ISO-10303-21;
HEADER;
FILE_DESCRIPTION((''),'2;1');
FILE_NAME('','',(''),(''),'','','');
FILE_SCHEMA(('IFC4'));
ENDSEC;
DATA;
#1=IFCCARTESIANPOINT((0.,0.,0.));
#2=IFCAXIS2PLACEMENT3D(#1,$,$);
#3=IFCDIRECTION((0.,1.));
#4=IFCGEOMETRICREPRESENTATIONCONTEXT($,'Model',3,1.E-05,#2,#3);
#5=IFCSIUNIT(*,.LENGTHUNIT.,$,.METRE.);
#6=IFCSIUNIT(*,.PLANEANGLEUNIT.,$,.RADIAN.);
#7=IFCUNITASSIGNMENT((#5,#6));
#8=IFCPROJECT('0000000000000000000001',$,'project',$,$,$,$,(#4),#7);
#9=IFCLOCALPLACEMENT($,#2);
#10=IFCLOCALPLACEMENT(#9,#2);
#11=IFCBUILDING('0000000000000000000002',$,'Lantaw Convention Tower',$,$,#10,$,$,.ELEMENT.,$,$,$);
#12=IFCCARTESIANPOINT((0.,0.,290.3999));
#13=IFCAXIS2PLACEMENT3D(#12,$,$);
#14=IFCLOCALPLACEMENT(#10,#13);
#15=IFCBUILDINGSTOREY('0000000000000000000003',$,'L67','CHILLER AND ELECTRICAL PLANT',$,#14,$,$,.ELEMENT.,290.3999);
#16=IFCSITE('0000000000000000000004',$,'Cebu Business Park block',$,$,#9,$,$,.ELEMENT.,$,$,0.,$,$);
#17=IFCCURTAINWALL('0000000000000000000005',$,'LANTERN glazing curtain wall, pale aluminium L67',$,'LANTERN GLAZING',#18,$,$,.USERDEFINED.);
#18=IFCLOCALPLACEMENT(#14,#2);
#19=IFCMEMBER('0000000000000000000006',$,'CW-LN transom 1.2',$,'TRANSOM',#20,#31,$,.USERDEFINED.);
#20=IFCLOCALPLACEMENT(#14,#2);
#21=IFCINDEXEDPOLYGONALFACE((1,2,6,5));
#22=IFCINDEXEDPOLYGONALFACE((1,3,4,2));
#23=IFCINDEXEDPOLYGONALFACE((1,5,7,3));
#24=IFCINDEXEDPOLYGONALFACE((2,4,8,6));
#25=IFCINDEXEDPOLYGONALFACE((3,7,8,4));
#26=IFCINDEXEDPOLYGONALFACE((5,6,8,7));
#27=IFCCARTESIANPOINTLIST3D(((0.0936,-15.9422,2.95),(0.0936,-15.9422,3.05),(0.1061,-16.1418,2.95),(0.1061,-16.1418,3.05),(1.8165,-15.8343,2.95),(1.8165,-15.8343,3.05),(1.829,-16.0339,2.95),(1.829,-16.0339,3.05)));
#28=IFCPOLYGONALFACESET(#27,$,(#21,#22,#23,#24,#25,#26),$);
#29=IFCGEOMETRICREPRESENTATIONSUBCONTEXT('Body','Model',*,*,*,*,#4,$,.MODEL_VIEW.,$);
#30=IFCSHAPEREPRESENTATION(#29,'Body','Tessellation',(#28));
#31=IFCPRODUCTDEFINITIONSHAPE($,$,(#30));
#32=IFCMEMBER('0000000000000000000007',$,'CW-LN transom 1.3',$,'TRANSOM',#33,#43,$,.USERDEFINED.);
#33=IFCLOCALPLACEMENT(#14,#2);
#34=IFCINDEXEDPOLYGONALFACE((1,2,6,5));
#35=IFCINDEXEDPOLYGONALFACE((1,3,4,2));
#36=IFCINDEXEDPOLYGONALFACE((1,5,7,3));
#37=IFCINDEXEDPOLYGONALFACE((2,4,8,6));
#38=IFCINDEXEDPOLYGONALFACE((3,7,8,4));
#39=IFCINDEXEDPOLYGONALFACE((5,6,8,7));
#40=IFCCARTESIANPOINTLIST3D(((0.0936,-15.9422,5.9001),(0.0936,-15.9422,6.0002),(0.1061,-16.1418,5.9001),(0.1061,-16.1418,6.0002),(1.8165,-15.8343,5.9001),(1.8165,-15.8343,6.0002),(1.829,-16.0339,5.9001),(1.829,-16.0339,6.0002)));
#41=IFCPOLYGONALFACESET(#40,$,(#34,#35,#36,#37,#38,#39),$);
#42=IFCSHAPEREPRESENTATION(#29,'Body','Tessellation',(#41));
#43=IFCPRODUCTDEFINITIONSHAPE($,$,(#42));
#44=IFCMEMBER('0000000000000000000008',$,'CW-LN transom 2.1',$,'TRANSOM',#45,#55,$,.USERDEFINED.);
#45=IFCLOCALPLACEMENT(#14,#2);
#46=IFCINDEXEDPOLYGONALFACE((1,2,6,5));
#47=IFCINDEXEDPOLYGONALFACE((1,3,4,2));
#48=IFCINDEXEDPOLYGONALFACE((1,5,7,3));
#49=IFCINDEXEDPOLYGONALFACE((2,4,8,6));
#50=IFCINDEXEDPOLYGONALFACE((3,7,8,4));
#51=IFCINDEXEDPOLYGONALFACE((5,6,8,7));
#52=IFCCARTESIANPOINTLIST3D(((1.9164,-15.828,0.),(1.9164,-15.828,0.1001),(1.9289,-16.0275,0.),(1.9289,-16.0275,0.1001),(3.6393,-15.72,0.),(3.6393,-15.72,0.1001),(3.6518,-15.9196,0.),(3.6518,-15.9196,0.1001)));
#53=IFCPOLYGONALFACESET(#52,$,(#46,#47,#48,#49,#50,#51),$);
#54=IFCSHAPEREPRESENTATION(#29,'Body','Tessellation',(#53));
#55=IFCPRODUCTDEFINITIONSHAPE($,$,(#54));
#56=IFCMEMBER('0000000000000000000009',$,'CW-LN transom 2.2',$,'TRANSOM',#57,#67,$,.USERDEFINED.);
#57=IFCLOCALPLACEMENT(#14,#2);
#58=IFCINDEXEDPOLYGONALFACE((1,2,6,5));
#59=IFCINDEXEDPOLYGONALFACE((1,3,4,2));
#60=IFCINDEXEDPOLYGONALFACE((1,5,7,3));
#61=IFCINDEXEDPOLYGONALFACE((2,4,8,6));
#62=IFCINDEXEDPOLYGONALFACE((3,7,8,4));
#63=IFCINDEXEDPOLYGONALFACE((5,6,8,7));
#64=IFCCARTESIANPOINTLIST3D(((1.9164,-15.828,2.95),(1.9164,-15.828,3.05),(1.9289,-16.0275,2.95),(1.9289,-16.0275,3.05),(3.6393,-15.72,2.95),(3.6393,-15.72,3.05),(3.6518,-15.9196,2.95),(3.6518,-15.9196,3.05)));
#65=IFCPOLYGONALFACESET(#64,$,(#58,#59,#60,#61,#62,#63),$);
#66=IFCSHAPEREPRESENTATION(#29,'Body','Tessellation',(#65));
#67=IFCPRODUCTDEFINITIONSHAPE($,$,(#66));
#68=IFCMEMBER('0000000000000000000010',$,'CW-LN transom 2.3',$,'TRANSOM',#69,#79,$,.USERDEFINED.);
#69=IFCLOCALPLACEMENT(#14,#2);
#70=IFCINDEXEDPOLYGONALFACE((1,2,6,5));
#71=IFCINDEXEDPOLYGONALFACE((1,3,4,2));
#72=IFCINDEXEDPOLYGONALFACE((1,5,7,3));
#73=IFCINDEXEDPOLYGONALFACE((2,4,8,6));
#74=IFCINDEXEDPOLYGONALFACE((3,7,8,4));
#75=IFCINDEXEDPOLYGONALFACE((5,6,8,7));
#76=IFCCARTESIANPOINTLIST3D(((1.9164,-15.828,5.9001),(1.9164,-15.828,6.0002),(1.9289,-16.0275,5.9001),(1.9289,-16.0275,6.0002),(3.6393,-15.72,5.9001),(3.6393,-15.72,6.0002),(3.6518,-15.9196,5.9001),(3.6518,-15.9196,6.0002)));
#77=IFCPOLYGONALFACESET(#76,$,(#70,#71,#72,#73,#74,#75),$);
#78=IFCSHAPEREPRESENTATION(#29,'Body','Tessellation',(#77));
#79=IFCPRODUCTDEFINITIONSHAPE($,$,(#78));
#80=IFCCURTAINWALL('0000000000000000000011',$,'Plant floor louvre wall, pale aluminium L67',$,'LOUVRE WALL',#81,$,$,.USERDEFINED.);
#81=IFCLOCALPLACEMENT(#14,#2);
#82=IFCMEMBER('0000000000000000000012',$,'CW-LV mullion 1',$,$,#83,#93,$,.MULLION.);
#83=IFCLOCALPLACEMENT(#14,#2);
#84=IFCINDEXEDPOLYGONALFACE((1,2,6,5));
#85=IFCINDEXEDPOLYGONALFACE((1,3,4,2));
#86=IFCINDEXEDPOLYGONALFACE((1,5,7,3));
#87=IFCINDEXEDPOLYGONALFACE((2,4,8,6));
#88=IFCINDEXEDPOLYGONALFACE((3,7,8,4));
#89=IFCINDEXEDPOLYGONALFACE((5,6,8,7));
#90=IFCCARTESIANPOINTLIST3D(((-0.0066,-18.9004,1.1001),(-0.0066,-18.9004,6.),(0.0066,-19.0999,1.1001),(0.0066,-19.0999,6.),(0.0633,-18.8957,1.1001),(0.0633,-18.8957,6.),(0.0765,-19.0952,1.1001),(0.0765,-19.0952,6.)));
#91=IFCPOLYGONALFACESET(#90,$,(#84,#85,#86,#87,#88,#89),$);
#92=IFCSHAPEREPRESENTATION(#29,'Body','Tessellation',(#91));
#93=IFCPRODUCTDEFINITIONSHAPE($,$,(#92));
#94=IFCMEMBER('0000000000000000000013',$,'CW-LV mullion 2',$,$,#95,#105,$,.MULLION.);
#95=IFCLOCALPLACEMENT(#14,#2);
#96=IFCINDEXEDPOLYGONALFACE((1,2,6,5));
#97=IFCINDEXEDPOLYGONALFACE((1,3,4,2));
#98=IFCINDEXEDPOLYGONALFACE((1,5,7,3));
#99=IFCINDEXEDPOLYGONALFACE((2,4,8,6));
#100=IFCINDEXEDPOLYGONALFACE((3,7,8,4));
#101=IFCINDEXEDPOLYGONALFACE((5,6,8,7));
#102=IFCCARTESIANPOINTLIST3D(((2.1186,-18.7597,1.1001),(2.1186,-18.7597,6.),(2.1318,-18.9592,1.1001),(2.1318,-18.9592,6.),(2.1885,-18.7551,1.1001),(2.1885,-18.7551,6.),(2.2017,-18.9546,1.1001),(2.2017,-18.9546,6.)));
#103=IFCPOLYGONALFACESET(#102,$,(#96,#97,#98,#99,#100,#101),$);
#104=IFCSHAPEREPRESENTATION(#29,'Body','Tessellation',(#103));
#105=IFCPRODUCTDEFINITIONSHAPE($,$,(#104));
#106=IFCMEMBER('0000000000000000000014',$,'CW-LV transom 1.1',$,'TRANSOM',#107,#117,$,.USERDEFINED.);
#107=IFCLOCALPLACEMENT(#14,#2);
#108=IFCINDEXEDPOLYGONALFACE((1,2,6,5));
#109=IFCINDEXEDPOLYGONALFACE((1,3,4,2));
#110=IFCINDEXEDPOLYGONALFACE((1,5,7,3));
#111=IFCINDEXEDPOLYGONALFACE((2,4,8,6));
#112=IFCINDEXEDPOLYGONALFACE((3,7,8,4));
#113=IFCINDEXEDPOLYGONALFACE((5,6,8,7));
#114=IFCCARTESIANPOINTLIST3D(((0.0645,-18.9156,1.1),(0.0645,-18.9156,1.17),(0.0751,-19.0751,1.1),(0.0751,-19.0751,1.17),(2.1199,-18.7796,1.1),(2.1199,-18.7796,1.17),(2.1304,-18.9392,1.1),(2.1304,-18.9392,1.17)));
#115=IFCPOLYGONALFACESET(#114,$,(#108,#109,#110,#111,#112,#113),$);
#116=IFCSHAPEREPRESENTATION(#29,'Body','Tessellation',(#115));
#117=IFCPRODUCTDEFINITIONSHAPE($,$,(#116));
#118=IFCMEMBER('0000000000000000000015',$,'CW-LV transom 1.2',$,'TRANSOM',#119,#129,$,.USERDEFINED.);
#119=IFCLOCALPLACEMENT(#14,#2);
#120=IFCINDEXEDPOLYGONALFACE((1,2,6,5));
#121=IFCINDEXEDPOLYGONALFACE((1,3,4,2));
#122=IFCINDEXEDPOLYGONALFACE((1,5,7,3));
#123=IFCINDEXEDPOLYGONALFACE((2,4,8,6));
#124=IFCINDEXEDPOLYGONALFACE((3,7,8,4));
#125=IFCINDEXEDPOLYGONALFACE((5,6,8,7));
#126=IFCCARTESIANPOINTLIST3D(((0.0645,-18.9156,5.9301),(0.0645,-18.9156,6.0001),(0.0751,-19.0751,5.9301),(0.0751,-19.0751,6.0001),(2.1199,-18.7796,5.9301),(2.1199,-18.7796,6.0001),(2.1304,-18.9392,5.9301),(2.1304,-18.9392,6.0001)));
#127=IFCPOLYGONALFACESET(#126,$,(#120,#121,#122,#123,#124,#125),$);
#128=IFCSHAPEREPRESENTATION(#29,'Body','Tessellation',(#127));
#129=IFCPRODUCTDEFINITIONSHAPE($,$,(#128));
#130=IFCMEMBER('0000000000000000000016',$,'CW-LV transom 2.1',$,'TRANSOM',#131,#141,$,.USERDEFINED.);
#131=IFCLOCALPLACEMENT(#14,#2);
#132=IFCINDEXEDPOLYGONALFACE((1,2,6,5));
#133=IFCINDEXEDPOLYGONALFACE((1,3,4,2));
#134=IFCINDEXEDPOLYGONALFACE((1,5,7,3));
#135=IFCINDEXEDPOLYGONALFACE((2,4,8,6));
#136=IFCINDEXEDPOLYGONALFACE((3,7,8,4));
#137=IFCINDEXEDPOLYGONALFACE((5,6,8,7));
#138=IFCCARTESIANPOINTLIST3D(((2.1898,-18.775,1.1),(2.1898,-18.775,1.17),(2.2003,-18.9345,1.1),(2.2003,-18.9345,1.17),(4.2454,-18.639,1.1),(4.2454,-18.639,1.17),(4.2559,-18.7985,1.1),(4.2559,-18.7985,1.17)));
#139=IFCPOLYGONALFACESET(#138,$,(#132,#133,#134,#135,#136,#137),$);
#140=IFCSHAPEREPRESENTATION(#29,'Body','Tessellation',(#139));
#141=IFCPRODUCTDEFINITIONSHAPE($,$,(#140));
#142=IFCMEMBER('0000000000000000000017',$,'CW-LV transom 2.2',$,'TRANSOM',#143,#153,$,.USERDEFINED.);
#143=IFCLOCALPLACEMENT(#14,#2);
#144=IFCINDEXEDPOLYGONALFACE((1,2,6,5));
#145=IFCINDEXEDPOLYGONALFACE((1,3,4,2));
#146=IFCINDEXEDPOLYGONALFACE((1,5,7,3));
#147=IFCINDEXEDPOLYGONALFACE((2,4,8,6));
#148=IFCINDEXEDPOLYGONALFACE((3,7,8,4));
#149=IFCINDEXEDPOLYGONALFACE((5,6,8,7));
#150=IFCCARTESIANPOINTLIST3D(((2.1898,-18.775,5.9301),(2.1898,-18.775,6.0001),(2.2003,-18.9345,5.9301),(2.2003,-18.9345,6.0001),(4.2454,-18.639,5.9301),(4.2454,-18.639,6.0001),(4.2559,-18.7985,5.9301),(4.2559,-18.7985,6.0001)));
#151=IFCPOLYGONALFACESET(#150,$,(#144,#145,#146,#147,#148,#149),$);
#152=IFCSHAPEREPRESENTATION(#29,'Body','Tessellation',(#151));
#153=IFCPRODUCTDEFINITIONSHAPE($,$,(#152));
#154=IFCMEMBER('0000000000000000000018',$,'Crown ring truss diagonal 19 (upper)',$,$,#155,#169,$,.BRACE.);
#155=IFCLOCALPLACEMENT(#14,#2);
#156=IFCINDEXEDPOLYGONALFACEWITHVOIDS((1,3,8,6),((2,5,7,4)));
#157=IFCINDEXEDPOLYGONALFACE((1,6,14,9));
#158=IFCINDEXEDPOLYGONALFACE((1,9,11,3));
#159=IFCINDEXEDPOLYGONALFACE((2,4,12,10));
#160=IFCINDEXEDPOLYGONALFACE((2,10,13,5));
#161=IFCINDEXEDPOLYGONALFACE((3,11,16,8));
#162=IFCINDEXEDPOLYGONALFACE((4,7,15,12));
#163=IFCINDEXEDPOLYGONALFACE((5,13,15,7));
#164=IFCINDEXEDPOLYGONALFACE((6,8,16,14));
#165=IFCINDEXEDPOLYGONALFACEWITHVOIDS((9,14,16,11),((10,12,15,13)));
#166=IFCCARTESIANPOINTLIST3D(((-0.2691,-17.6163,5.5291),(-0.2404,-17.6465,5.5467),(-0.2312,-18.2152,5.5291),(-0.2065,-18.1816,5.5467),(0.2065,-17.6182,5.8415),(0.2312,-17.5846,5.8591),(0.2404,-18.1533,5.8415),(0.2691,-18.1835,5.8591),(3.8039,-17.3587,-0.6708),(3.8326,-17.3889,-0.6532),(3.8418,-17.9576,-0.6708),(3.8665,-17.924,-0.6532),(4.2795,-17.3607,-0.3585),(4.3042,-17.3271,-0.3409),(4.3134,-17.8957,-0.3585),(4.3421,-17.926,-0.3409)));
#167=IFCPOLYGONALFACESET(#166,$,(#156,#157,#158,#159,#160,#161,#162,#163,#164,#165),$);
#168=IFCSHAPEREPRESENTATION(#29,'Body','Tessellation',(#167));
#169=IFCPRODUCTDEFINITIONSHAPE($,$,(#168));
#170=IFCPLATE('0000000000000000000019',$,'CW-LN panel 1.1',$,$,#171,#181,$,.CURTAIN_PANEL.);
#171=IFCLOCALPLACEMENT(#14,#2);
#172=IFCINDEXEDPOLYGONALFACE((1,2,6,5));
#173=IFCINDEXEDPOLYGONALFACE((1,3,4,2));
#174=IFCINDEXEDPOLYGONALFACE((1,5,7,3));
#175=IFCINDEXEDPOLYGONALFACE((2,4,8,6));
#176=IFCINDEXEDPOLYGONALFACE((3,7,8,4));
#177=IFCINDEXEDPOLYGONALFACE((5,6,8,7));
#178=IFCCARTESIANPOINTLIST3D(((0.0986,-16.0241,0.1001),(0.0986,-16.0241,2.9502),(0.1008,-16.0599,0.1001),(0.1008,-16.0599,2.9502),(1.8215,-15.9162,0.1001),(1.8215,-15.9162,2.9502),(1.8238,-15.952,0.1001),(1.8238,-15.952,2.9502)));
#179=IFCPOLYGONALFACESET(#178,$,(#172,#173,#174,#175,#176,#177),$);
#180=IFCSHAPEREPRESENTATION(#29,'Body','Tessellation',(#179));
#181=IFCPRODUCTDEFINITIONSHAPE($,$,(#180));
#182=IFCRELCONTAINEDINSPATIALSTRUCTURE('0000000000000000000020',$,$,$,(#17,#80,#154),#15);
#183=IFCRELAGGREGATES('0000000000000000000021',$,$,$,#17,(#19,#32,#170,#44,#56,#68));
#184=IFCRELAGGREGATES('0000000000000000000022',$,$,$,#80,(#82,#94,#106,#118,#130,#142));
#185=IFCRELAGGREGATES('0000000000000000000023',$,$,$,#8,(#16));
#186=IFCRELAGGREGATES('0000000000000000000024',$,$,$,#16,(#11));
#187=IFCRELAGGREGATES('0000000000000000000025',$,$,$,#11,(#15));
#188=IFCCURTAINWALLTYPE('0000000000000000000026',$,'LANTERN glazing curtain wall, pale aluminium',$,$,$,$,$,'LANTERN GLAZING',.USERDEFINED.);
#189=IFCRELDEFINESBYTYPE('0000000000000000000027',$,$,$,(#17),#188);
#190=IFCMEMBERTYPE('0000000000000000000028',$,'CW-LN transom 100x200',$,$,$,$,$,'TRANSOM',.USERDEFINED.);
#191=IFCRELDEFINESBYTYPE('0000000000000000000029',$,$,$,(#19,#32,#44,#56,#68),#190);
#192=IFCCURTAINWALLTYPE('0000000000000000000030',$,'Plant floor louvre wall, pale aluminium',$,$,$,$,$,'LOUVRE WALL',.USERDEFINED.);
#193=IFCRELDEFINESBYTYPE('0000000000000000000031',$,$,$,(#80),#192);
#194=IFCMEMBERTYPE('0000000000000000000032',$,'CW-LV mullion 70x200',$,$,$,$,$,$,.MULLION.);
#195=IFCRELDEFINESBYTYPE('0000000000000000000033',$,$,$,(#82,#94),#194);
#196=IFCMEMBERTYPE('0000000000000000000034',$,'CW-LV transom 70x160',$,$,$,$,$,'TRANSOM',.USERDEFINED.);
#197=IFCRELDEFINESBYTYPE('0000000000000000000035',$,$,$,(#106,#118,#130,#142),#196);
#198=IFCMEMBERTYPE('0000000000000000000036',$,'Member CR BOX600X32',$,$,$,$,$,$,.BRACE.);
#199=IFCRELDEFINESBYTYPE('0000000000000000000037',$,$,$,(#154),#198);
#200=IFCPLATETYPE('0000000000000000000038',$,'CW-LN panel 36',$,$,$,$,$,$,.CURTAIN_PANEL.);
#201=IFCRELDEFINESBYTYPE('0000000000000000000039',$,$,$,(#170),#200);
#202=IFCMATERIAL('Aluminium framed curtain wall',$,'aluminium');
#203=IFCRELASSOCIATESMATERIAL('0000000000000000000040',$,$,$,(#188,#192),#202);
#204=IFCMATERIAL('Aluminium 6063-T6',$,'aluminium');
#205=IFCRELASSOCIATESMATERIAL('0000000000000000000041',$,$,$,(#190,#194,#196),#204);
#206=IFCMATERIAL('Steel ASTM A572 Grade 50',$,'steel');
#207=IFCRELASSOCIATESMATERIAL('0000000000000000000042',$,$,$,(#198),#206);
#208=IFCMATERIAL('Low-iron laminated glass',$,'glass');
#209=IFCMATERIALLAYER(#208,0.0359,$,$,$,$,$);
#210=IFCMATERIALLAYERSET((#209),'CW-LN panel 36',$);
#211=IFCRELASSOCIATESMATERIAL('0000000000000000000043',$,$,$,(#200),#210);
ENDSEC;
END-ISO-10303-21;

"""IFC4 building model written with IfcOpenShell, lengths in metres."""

from ifc_helpers import new_model, si_unit, direction, frame, origin, origin_2d, place, context, subcontext, project, spatial, rectangle, hollow_rectangle, extrude, material, layer, layer_set, material_profile, profile_set, type_object, element, aggregate, save


model = new_model("IFC4")

# Units and contexts
model_context = context("Model", 3, precision=1e-05, world=origin(), true_north=direction((0.0, 1.0)))
body_context = subcontext(model_context, "Body", "Model", "MODEL_VIEW")
ifc_project = project(units=[si_unit("LENGTHUNIT", "METRE"), si_unit("PLANEANGLEUNIT", "RADIAN")], contexts=[model_context])

# Site, building, storey
site_placement = place(None, origin())
site = spatial("IfcSite", under=ifc_project, at=site_placement, Name="Cebu Business Park block", CompositionType="ELEMENT", RefElevation=0.0)
building_placement = place(site_placement, origin())
building = spatial("IfcBuilding", under=site, at=building_placement, Name="Lantaw Convention Tower", CompositionType="ELEMENT")
storey_placement = place(building_placement, frame((0.0, 0.0, 290.3999)))
storey = spatial("IfcBuildingStorey", under=building, at=storey_placement, Name="L67", Description="CHILLER AND ELECTRICAL PLANT", CompositionType="ELEMENT", Elevation=290.3999)

# Shared definitions
ifc_material_1 = material(Name="Steel ASTM A572 Grade 50", Category="steel")

# Curtain wall
ifc_material_2 = material(Name="Aluminium framed curtain wall", Category="aluminium")
curtain_wall_type_1 = type_object("IfcCurtainWallType", Name="LANTERN glazing curtain wall, pale aluminium", ElementType="LANTERN GLAZING", PredefinedType="USERDEFINED", material=ifc_material_2)
curtain_wall_1_placement = place(storey_placement, origin())
curtain_wall_1 = element("IfcCurtainWall", 1, at=curtain_wall_1_placement, inside=storey, type_object=curtain_wall_type_1, Name="LANTERN glazing curtain wall, pale aluminium L67", ObjectType="LANTERN GLAZING", PredefinedType="USERDEFINED")
ifc_material_3 = material(Name="Aluminium 6063-T6", Category="aluminium")

# Members
ifc_material_profile_1 = material_profile(ifc_material_3, rectangle(XDim=0.2, YDim=0.1001, at=origin_2d()), Name="CW-LN transom 100x200")
ifc_profile_set_1 = profile_set([ifc_material_profile_1], Name="Aluminium 6063-T6")
member_type_1 = type_object("IfcMemberType", Name="CW-LN transom 100x200", ElementType="TRANSOM", PredefinedType="USERDEFINED", material=ifc_profile_set_1)
member_1_placement = place(storey_placement, frame((0.0999, -16.042, 3.0), z_axis=(0.998044, 0.06251, 0.0), x_axis=(-0.06251, 0.998044, 0.0)))
member_1 = element("IfcMember", 2, at=member_1_placement, type_object=member_type_1, Name="CW-LN transom 1.2", ObjectType="TRANSOM", PredefinedType="USERDEFINED", context=body_context, shape_type="SweptSolid", body=[
    extrude(rectangle(XDim=0.2, YDim=0.1001, at=origin_2d()), origin(), (0.0, 0.0, 1.0), 1.7263),
])
member_2_placement = place(storey_placement, frame((0.0999, -16.042, 5.9502), z_axis=(0.998044, 0.06251, 0.0), x_axis=(-0.06251, 0.998044, 0.0)))
member_2 = element("IfcMember", 3, at=member_2_placement, type_object=member_type_1, Name="CW-LN transom 1.3", ObjectType="TRANSOM", PredefinedType="USERDEFINED", context=body_context, shape_type="SweptSolid", body=[
    extrude(rectangle(XDim=0.2, YDim=0.1001, at=origin_2d()), origin(), (0.0, 0.0, 1.0), 1.7263),
])
member_3_placement = place(storey_placement, frame((1.9226, -15.9277, 0.05), z_axis=(0.998044, 0.06251, 0.0), x_axis=(-0.06251, 0.998044, 0.0)))
member_3 = element("IfcMember", 4, at=member_3_placement, type_object=member_type_1, Name="CW-LN transom 2.1", ObjectType="TRANSOM", PredefinedType="USERDEFINED", context=body_context, shape_type="SweptSolid", body=[
    extrude(rectangle(XDim=0.2, YDim=0.1001, at=origin_2d()), origin(), (0.0, 0.0, 1.0), 1.7263),
])
member_4_placement = place(storey_placement, frame((1.9226, -15.9277, 3.0), z_axis=(0.998044, 0.06251, 0.0), x_axis=(-0.06251, 0.998044, 0.0)))
member_4 = element("IfcMember", 5, at=member_4_placement, type_object=member_type_1, Name="CW-LN transom 2.2", ObjectType="TRANSOM", PredefinedType="USERDEFINED", context=body_context, shape_type="SweptSolid", body=[
    extrude(rectangle(XDim=0.2, YDim=0.1001, at=origin_2d()), origin(), (0.0, 0.0, 1.0), 1.7263),
])
member_5_placement = place(storey_placement, frame((1.9226, -15.9277, 5.9502), z_axis=(0.998044, 0.06251, 0.0), x_axis=(-0.06251, 0.998044, 0.0)))
member_5 = element("IfcMember", 6, at=member_5_placement, type_object=member_type_1, Name="CW-LN transom 2.3", ObjectType="TRANSOM", PredefinedType="USERDEFINED", context=body_context, shape_type="SweptSolid", body=[
    extrude(rectangle(XDim=0.2, YDim=0.1001, at=origin_2d()), origin(), (0.0, 0.0, 1.0), 1.7263),
])

# Curtain wall, members
curtain_wall_type_2 = type_object("IfcCurtainWallType", Name="Plant floor louvre wall, pale aluminium", ElementType="LOUVRE WALL", PredefinedType="USERDEFINED", material=ifc_material_2)
curtain_wall_2_placement = place(storey_placement, origin())
curtain_wall_2 = element("IfcCurtainWall", 7, at=curtain_wall_2_placement, inside=storey, type_object=curtain_wall_type_2, Name="Plant floor louvre wall, pale aluminium L67", ObjectType="LOUVRE WALL", PredefinedType="USERDEFINED")
ifc_material_profile_2 = material_profile(ifc_material_3, rectangle(XDim=0.2, YDim=0.0701, at=origin_2d()), Name="CW-LV mullion 70x200")
ifc_profile_set_2 = profile_set([ifc_material_profile_2], Name="Aluminium 6063-T6")
member_type_2 = type_object("IfcMemberType", Name="CW-LV mullion 70x200", PredefinedType="MULLION", material=ifc_profile_set_2)
member_6_placement = place(storey_placement, frame((0.0349, -18.9978, 1.1001), z_axis=(0.0, 0.0, 1.0), x_axis=(-0.066025, 0.997818, 0.0)))
member_6 = element("IfcMember", 8, at=member_6_placement, type_object=member_type_2, Name="CW-LV mullion 1", PredefinedType="MULLION", context=body_context, shape_type="SweptSolid", body=[
    extrude(rectangle(XDim=0.2, YDim=0.0701, at=origin_2d()), origin(), (0.0, 0.0, 1.0), 4.8999),
])
member_7_placement = place(storey_placement, frame((2.1602, -18.8572, 1.1001), z_axis=(0.0, 0.0, 1.0), x_axis=(-0.066025, 0.997818, 0.0)))
member_7 = element("IfcMember", 9, at=member_7_placement, type_object=member_type_2, Name="CW-LV mullion 2", PredefinedType="MULLION", context=body_context, shape_type="SweptSolid", body=[
    extrude(rectangle(XDim=0.2, YDim=0.0701, at=origin_2d()), origin(), (0.0, 0.0, 1.0), 4.8999),
])
ifc_material_profile_3 = material_profile(ifc_material_3, rectangle(XDim=0.1599, YDim=0.0701, at=origin_2d()), Name="CW-LV transom 70x160")
ifc_profile_set_3 = profile_set([ifc_material_profile_3], Name="Aluminium 6063-T6")
member_type_3 = type_object("IfcMemberType", Name="CW-LV transom 70x160", ElementType="TRANSOM", PredefinedType="USERDEFINED", material=ifc_profile_set_3)
member_8_placement = place(storey_placement, frame((0.0698, -18.9954, 1.135), z_axis=(0.997819, 0.066016, 0.0), x_axis=(-0.066016, 0.997819, 0.0)))
member_8 = element("IfcMember", 10, at=member_8_placement, type_object=member_type_3, Name="CW-LV transom 1.1", ObjectType="TRANSOM", PredefinedType="USERDEFINED", context=body_context, shape_type="SweptSolid", body=[
    extrude(rectangle(XDim=0.1599, YDim=0.0701, at=origin_2d()), origin(), (0.0, 0.0, 1.0), 2.0598),
])
member_9_placement = place(storey_placement, frame((0.0698, -18.9954, 5.9651), z_axis=(0.997819, 0.066016, 0.0), x_axis=(-0.066016, 0.997819, 0.0)))
member_9 = element("IfcMember", 11, at=member_9_placement, type_object=member_type_3, Name="CW-LV transom 1.2", ObjectType="TRANSOM", PredefinedType="USERDEFINED", context=body_context, shape_type="SweptSolid", body=[
    extrude(rectangle(XDim=0.1599, YDim=0.0701, at=origin_2d()), origin(), (0.0, 0.0, 1.0), 2.0598),
])
member_10_placement = place(storey_placement, frame((2.1951, -18.8547, 1.135), z_axis=(0.997819, 0.066008, 0.0), x_axis=(-0.066008, 0.997819, 0.0)))
member_10 = element("IfcMember", 12, at=member_10_placement, type_object=member_type_3, Name="CW-LV transom 2.1", ObjectType="TRANSOM", PredefinedType="USERDEFINED", context=body_context, shape_type="SweptSolid", body=[
    extrude(rectangle(XDim=0.1599, YDim=0.0701, at=origin_2d()), origin(), (0.0, 0.0, 1.0), 2.0601),
])
member_11_placement = place(storey_placement, frame((2.1951, -18.8547, 5.9651), z_axis=(0.997819, 0.066008, 0.0), x_axis=(-0.066008, 0.997819, 0.0)))
member_11 = element("IfcMember", 13, at=member_11_placement, type_object=member_type_3, Name="CW-LV transom 2.2", ObjectType="TRANSOM", PredefinedType="USERDEFINED", context=body_context, shape_type="SweptSolid", body=[
    extrude(rectangle(XDim=0.1599, YDim=0.0701, at=origin_2d()), origin(), (0.0, 0.0, 1.0), 2.0601),
])

# Member
ifc_material_profile_4 = material_profile(ifc_material_1, hollow_rectangle(XDim=0.6001, YDim=0.6001, WallThickness=0.032, at=origin_2d()), Name="BOX600X32")
ifc_profile_set_4 = profile_set([ifc_material_profile_4], Name="Steel ASTM A572 Grade 50")
member_type_4 = type_object("IfcMemberType", Name="Member CR BOX600X32", PredefinedType="BRACE", material=ifc_profile_set_4)
member_12_placement = place(storey_placement, frame((4.073, -17.6423, -0.5059), z_axis=(-0.548729, -0.034701, 0.83528), x_axis=(0.063112, -0.998006, 0.0)))
element("IfcMember", 14, at=member_12_placement, inside=storey, type_object=member_type_4, Name="Crown ring truss diagonal 19 (upper)", PredefinedType="BRACE", context=body_context, shape_type="SweptSolid", body=[
    extrude(hollow_rectangle(XDim=0.6001, YDim=0.6001, WallThickness=0.032, at=origin_2d()), origin(), (0.0, 0.0, 1.0), 7.4226),
])

# Plate
ifc_material_4 = material(Name="Low-iron laminated glass", Category="glass")
ifc_layer_1 = layer(ifc_material_4, 0.0359)
ifc_layer_set_1 = layer_set([ifc_layer_1], Name="CW-LN panel 36")
plate_type_1 = type_object("IfcPlateType", Name="CW-LN panel 36", PredefinedType="CURTAIN_PANEL", material=ifc_layer_set_1)
plate_1_placement = place(storey_placement, frame((0.9612, -15.988, 0.1001), z_axis=(0.0, 0.0, 1.0), x_axis=(0.998046, 0.062489, 0.0)))
plate_1 = element("IfcPlate", 15, at=plate_1_placement, type_object=plate_type_1, Name="CW-LN panel 1.1", PredefinedType="CURTAIN_PANEL", context=body_context, shape_type="SweptSolid", body=[
    extrude(rectangle(XDim=1.7263, YDim=0.0359, at=origin_2d()), origin(), (0.0, 0.0, 1.0), 2.8501),
])
aggregate(curtain_wall_1, [member_1, member_2, plate_1, member_3, member_4, member_5])
aggregate(curtain_wall_2, [member_6, member_7, member_8, member_9, member_10, member_11])

save(model, "model.ifc")
